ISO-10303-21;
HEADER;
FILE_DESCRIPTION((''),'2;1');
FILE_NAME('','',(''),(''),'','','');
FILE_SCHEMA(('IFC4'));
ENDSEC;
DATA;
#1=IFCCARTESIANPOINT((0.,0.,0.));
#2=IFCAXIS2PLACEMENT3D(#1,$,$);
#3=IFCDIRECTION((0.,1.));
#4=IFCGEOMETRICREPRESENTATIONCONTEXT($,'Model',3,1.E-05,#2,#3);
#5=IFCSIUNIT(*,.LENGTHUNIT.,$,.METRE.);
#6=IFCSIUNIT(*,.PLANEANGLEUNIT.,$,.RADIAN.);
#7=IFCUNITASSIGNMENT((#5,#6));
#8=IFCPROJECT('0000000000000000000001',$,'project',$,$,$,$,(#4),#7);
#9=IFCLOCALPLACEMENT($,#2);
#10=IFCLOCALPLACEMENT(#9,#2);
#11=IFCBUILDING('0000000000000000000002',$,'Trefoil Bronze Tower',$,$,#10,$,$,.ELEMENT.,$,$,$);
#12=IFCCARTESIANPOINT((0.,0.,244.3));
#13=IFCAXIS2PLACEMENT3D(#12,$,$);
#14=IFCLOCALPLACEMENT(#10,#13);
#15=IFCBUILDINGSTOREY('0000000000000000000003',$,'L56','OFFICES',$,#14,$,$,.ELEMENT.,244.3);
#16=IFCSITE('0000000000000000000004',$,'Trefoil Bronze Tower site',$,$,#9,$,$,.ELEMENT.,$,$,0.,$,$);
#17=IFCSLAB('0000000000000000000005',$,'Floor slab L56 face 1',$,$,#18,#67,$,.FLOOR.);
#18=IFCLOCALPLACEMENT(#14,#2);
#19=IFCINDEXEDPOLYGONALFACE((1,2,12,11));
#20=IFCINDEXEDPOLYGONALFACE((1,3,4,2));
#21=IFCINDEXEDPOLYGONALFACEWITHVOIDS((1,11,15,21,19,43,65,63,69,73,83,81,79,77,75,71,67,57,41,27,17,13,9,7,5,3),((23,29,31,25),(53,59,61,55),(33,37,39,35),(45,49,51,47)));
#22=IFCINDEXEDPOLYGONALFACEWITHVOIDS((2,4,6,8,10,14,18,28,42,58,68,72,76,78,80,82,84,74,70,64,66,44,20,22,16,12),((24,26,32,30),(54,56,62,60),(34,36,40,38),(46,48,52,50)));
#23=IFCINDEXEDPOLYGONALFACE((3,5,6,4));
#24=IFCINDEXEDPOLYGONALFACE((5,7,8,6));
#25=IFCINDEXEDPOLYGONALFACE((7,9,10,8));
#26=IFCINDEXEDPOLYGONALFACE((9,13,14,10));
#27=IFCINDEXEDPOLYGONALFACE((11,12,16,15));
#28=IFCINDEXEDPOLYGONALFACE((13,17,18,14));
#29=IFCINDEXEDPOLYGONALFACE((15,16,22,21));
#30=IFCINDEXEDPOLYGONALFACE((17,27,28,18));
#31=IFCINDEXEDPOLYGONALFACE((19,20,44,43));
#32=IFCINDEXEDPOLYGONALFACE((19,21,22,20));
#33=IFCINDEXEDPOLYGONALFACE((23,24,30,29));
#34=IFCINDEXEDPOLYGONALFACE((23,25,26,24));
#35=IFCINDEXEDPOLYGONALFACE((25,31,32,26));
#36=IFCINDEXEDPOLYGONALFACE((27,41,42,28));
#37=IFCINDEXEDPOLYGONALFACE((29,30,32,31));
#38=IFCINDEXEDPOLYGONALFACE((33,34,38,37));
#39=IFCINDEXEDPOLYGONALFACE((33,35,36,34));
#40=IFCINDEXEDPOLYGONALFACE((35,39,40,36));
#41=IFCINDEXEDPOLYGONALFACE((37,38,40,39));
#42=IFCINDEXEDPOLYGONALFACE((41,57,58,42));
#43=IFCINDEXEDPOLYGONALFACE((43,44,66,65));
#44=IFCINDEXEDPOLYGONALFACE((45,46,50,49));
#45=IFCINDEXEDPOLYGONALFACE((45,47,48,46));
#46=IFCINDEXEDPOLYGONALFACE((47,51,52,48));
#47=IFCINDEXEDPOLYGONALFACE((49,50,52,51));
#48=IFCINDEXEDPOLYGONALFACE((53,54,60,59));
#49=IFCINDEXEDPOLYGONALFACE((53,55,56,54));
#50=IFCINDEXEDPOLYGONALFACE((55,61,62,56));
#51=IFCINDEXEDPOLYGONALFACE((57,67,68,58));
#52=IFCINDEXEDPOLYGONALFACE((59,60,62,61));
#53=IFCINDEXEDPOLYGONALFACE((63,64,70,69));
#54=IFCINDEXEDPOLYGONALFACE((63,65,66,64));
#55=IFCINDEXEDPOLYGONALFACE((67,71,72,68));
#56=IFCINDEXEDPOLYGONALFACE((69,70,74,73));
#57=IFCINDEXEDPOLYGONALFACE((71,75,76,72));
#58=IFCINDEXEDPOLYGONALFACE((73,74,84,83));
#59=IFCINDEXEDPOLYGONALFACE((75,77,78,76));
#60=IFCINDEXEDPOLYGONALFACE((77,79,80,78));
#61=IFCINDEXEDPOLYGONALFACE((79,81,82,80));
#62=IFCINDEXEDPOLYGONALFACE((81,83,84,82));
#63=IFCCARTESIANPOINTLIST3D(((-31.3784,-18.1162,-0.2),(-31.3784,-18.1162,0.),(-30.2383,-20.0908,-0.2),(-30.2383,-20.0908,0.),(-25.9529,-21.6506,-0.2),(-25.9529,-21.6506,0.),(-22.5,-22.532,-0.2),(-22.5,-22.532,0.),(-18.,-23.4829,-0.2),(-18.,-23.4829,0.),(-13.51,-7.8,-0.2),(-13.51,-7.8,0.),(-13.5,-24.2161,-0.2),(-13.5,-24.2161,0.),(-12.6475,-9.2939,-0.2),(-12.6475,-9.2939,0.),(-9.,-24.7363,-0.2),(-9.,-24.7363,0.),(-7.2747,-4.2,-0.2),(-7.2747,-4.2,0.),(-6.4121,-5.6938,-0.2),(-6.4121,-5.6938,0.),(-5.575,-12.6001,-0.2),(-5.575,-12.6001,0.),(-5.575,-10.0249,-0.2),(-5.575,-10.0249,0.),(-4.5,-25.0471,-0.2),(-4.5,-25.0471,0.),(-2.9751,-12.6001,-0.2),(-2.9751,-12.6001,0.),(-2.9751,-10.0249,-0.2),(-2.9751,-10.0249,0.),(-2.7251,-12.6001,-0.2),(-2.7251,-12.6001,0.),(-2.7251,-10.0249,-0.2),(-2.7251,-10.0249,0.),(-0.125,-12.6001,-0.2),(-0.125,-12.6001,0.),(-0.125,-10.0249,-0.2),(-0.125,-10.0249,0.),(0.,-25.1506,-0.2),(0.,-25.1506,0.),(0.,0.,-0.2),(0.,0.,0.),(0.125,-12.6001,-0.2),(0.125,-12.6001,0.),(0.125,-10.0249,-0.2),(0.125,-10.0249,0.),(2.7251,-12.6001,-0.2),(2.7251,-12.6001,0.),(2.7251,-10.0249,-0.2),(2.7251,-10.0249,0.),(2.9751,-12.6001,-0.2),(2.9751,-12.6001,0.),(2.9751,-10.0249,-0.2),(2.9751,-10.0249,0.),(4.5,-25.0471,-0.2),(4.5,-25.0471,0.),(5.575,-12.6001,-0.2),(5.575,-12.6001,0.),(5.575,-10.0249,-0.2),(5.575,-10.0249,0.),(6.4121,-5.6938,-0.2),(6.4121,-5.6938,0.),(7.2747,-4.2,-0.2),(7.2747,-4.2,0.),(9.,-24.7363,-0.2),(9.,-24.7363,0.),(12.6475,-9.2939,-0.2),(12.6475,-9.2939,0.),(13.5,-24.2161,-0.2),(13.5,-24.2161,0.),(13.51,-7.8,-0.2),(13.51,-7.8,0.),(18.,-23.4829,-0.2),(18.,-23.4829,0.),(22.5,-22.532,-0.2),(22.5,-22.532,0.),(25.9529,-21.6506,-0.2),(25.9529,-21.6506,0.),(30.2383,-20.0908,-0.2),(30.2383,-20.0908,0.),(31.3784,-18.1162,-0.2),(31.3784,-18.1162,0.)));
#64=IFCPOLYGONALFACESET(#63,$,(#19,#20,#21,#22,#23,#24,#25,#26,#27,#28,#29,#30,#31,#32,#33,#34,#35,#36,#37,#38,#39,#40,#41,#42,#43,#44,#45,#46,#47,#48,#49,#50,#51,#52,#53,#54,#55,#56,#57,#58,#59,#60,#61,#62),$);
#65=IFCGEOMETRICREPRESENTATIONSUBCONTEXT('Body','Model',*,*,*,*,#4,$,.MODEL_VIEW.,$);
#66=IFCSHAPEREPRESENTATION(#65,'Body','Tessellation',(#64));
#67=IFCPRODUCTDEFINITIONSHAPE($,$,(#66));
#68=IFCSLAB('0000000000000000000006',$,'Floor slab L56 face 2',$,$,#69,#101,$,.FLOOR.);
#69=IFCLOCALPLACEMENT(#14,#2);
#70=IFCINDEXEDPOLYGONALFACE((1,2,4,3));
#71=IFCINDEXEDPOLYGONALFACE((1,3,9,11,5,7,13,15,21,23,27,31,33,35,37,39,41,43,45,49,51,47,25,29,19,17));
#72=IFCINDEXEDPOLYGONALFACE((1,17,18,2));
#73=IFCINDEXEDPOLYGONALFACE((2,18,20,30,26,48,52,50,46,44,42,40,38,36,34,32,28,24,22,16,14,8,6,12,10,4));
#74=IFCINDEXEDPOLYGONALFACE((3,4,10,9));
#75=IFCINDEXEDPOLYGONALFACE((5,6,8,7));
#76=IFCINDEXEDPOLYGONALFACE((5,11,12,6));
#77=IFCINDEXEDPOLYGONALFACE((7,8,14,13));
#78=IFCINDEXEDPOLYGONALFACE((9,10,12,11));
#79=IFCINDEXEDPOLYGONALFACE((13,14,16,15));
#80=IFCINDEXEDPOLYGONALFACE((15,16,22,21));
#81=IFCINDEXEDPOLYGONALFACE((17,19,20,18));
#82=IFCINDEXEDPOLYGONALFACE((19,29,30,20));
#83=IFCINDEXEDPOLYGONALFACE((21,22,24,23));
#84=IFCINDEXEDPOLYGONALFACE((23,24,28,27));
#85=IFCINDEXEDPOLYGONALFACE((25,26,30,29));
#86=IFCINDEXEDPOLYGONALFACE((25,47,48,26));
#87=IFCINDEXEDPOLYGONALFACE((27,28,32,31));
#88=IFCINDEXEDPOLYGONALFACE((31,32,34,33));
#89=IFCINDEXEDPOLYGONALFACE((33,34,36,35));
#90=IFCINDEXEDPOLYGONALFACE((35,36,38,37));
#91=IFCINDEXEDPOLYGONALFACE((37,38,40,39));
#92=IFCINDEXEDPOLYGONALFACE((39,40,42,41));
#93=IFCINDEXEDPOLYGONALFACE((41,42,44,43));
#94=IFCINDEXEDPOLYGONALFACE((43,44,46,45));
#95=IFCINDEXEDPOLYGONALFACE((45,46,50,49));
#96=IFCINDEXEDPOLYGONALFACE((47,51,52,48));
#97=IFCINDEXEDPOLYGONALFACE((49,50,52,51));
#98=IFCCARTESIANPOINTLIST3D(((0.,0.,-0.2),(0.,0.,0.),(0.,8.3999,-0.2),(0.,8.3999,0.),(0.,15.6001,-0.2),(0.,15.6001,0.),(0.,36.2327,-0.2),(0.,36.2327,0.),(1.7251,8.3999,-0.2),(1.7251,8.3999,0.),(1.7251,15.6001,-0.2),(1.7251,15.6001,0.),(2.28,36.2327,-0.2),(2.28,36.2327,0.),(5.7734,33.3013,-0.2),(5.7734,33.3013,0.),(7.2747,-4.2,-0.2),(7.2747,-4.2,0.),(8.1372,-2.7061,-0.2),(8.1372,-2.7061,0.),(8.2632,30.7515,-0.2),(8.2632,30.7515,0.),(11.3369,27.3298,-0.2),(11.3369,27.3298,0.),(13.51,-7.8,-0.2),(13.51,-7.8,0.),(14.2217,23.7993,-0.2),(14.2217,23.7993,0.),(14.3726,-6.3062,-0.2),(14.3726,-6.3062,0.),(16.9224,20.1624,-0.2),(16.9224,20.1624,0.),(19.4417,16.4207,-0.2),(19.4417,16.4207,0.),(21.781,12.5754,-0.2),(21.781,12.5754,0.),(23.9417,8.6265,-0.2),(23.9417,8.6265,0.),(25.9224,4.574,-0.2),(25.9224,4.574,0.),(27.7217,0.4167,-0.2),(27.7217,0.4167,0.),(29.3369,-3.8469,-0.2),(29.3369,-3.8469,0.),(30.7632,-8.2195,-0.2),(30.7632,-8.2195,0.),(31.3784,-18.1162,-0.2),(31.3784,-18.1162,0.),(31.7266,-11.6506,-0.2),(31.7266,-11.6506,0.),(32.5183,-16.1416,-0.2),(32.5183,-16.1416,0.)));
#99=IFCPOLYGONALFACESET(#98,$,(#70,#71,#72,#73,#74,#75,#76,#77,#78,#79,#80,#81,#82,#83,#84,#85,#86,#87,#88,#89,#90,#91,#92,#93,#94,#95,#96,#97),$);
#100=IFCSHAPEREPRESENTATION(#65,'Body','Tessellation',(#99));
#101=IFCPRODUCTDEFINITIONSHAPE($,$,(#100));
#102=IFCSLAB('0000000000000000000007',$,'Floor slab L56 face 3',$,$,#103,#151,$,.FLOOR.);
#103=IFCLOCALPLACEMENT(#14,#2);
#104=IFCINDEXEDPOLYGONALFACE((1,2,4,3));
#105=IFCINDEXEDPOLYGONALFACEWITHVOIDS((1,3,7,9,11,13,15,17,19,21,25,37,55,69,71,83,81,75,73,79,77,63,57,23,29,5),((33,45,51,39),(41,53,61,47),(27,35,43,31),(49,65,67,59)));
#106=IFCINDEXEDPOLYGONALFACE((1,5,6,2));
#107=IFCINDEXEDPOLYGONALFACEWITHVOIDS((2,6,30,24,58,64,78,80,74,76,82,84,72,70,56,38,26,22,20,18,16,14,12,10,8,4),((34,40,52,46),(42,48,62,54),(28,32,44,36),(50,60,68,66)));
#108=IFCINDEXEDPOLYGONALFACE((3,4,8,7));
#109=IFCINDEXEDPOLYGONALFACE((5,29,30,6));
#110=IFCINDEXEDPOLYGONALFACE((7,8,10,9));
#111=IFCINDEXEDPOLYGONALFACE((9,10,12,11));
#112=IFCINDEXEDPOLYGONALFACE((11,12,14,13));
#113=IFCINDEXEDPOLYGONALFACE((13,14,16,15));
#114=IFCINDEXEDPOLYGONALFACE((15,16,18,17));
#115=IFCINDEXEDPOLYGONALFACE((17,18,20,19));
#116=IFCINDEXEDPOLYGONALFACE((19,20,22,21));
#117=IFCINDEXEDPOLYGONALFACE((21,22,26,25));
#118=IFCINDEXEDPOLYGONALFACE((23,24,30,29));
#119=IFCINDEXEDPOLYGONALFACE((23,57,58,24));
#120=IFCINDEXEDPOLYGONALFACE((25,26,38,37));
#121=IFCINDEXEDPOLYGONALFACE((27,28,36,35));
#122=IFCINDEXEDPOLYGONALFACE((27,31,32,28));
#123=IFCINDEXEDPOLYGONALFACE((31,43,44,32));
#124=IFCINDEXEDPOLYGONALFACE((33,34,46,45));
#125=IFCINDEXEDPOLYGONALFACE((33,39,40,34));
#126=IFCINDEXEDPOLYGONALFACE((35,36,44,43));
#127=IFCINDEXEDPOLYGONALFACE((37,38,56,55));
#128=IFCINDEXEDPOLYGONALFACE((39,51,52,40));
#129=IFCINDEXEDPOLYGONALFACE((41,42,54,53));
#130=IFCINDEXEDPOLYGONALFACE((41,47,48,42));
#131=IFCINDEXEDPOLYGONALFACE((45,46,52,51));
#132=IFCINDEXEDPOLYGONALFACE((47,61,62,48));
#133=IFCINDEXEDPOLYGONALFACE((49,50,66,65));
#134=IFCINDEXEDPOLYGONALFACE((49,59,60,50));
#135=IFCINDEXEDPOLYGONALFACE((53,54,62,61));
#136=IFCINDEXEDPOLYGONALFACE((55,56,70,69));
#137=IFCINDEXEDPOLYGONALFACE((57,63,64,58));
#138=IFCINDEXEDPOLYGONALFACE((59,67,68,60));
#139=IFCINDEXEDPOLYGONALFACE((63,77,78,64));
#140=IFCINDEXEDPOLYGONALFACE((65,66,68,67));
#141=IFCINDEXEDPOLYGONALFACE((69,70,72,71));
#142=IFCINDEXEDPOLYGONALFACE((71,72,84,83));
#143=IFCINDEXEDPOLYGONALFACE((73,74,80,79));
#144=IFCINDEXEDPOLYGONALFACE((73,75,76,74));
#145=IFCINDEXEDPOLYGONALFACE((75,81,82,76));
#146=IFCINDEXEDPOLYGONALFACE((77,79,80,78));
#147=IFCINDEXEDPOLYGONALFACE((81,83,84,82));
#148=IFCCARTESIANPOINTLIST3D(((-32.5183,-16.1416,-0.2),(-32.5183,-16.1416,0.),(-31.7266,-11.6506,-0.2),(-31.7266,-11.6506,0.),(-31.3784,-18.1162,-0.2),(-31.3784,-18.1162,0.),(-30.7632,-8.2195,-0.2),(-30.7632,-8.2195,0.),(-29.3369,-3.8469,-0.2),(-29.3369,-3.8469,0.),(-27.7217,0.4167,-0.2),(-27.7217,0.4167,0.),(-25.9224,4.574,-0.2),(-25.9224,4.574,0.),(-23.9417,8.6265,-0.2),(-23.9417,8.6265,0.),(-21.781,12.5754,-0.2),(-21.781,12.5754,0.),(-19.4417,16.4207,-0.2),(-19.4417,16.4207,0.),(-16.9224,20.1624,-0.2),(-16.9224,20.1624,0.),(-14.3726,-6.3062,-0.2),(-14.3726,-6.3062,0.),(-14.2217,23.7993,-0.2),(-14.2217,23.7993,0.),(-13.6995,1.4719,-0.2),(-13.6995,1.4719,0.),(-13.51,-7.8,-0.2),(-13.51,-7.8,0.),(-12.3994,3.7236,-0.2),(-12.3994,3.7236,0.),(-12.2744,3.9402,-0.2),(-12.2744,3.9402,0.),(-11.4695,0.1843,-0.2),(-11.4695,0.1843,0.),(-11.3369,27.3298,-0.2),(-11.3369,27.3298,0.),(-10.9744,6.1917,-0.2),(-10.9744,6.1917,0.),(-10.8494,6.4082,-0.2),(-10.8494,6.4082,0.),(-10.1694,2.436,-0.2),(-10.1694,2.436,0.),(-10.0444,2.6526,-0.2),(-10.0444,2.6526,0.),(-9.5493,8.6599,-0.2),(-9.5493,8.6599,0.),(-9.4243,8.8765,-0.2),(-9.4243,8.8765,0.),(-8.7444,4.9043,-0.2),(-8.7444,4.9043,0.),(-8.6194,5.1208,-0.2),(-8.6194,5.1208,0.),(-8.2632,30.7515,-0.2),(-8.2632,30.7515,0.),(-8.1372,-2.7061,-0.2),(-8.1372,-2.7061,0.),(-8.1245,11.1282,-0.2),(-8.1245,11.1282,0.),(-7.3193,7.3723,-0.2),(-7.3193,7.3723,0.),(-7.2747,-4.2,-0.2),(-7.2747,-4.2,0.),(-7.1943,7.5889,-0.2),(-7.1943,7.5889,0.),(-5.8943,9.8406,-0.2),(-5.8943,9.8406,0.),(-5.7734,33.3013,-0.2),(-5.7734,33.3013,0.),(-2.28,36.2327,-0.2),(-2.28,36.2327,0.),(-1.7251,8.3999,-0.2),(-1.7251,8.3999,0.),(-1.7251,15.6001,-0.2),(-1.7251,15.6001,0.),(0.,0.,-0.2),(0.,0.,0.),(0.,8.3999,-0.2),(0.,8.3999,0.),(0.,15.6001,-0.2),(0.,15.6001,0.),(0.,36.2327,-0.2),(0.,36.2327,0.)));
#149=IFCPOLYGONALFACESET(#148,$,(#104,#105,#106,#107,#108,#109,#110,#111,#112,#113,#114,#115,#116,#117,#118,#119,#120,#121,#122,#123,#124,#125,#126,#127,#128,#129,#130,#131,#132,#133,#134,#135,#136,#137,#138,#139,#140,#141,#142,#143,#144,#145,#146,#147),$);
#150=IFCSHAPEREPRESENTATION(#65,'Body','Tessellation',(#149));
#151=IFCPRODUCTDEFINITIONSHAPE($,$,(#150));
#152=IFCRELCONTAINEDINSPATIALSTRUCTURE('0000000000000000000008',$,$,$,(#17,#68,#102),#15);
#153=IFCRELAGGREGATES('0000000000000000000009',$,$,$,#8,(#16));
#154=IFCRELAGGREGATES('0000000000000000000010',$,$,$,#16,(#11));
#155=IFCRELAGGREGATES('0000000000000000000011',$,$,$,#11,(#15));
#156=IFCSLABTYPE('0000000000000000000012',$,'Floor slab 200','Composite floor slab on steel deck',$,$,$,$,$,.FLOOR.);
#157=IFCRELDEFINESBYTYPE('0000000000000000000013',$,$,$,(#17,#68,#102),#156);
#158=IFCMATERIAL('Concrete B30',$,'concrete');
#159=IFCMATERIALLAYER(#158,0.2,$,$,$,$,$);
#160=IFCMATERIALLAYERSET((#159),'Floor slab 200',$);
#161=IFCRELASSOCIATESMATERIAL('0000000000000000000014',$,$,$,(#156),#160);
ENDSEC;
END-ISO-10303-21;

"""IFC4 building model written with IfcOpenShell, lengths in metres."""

from ifc_helpers import new_model, si_unit, direction, frame, origin, place, context, subcontext, project, spatial, polyline, outline, extrude, material, layer, layer_set, type_object, element, save


model = new_model("IFC4")

# Units and contexts
model_context = context("Model", 3, precision=1e-05, world=origin(), true_north=direction((0.0, 1.0)))
body_context = subcontext(model_context, "Body", "Model", "MODEL_VIEW")
ifc_project = project(units=[si_unit("LENGTHUNIT", "METRE"), si_unit("PLANEANGLEUNIT", "RADIAN")], contexts=[model_context])

# Site, building, storey
site_placement = place(None, origin())
site = spatial("IfcSite", under=ifc_project, at=site_placement, Name="Trefoil Bronze Tower site", CompositionType="ELEMENT", RefElevation=0.0)
building_placement = place(site_placement, origin())
building = spatial("IfcBuilding", under=site, at=building_placement, Name="Trefoil Bronze Tower", CompositionType="ELEMENT")
storey_placement = place(building_placement, frame((0.0, 0.0, 244.3)))
storey = spatial("IfcBuildingStorey", under=building, at=storey_placement, Name="L56", Description="OFFICES", CompositionType="ELEMENT", Elevation=244.3)

# Slabs
ifc_material_1 = material(Name="Concrete B30", Category="concrete")
ifc_layer_1 = layer(ifc_material_1, 0.2)
ifc_layer_set_1 = layer_set([ifc_layer_1], Name="Floor slab 200")
slab_type = type_object("IfcSlabType", Name="Floor slab 200", Description="Composite floor slab on steel deck", PredefinedType="FLOOR", material=ifc_layer_set_1)
slab_1_placement = place(storey_placement, frame((0.0, 0.0, -0.2)))
element("IfcSlab", 1, at=slab_1_placement, inside=storey, type_object=slab_type, Name="Floor slab L56 face 1", PredefinedType="FLOOR", context=body_context, shape_type="SweptSolid", body=[
    extrude(outline(polyline([(18.0, -23.4829), (13.5, -24.2161), (9.0, -24.7363), (4.5, -25.0471), (0.0, -25.1506), (-4.5, -25.0471), (-9.0, -24.7363), (-13.5, -24.2161), (-18.0, -23.4829), (-22.5, -22.532), (-25.9529, -21.6506), (-30.2383, -20.0908), (-31.3784, -18.1162), (-13.51, -7.8), (-12.6475, -9.2939), (-6.4121, -5.6938), (-7.2747, -4.2), (0.0, 0.0), (7.2747, -4.2), (6.4121, -5.6938), (12.6475, -9.2939), (13.51, -7.8), (31.3784, -18.1162), (30.2383, -20.0908), (25.9529, -21.6506), (22.5, -22.532), (18.0, -23.4829)]), holes=[polyline([(-5.575, -10.0249), (-2.9751, -10.0249), (-2.9751, -12.6001), (-5.575, -12.6001), (-5.575, -10.0249)]), polyline([(-2.7251, -10.0249), (-0.125, -10.0249), (-0.125, -12.6001), (-2.7251, -12.6001), (-2.7251, -10.0249)]), polyline([(0.125, -10.0249), (2.7251, -10.0249), (2.7251, -12.6001), (0.125, -12.6001), (0.125, -10.0249)]), polyline([(2.9751, -10.0249), (5.575, -10.0249), (5.575, -12.6001), (2.9751, -12.6001), (2.9751, -10.0249)])]), origin(), (0.0, 0.0, 1.0), 0.2),
])
slab_2_placement = place(storey_placement, frame((0.0, 0.0, -0.2)))
element("IfcSlab", 2, at=slab_2_placement, inside=storey, type_object=slab_type, Name="Floor slab L56 face 2", PredefinedType="FLOOR", context=body_context, shape_type="SweptSolid", body=[
    extrude(outline(polyline([(11.3369, 27.3298), (14.2217, 23.7993), (16.9224, 20.1624), (19.4417, 16.4207), (21.781, 12.5754), (23.9417, 8.6265), (25.9224, 4.574), (27.7217, 0.4167), (29.3369, -3.8469), (30.7632, -8.2195), (31.7266, -11.6506), (32.5183, -16.1416), (31.3784, -18.1162), (13.51, -7.8), (14.3726, -6.3062), (8.1372, -2.7061), (7.2747, -4.2), (0.0, 0.0), (0.0, 8.3999), (1.7251, 8.3999), (1.7251, 15.6001), (0.0, 15.6001), (0.0, 36.2327), (2.28, 36.2327), (5.7734, 33.3013), (8.2632, 30.7515), (11.3369, 27.3298)])), origin(), (0.0, 0.0, 1.0), 0.2),
])
slab_3_placement = place(storey_placement, frame((0.0, 0.0, -0.2)))
element("IfcSlab", 3, at=slab_3_placement, inside=storey, type_object=slab_type, Name="Floor slab L56 face 3", PredefinedType="FLOOR", context=body_context, shape_type="SweptSolid", body=[
    extrude(outline(polyline([(-29.3369, -3.8469), (-27.7217, 0.4167), (-25.9224, 4.574), (-23.9417, 8.6265), (-21.781, 12.5754), (-19.4417, 16.4207), (-16.9224, 20.1624), (-14.2217, 23.7993), (-11.3369, 27.3298), (-8.2632, 30.7515), (-5.7734, 33.3013), (-2.28, 36.2327), (0.0, 36.2327), (0.0, 15.6001), (-1.7251, 15.6001), (-1.7251, 8.3999), (0.0, 8.3999), (0.0, 0.0), (-7.2747, -4.2), (-8.1372, -2.7061), (-14.3726, -6.3062), (-13.51, -7.8), (-31.3784, -18.1162), (-32.5183, -16.1416), (-31.7266, -11.6506), (-30.7632, -8.2195), (-29.3369, -3.8469)]), holes=[polyline([(-5.8943, 9.8406), (-7.1943, 7.5889), (-9.4243, 8.8765), (-8.1245, 11.1282), (-5.8943, 9.8406)]), polyline([(-7.3193, 7.3723), (-8.6194, 5.1208), (-10.8494, 6.4082), (-9.5493, 8.6599), (-7.3193, 7.3723)]), polyline([(-8.7444, 4.9043), (-10.0444, 2.6526), (-12.2744, 3.9402), (-10.9744, 6.1917), (-8.7444, 4.9043)]), polyline([(-10.1694, 2.436), (-11.4695, 0.1843), (-13.6995, 1.4719), (-12.3994, 3.7236), (-10.1694, 2.436)])]), origin(), (0.0, 0.0, 1.0), 0.2),
])

save(model, "model.ifc")
